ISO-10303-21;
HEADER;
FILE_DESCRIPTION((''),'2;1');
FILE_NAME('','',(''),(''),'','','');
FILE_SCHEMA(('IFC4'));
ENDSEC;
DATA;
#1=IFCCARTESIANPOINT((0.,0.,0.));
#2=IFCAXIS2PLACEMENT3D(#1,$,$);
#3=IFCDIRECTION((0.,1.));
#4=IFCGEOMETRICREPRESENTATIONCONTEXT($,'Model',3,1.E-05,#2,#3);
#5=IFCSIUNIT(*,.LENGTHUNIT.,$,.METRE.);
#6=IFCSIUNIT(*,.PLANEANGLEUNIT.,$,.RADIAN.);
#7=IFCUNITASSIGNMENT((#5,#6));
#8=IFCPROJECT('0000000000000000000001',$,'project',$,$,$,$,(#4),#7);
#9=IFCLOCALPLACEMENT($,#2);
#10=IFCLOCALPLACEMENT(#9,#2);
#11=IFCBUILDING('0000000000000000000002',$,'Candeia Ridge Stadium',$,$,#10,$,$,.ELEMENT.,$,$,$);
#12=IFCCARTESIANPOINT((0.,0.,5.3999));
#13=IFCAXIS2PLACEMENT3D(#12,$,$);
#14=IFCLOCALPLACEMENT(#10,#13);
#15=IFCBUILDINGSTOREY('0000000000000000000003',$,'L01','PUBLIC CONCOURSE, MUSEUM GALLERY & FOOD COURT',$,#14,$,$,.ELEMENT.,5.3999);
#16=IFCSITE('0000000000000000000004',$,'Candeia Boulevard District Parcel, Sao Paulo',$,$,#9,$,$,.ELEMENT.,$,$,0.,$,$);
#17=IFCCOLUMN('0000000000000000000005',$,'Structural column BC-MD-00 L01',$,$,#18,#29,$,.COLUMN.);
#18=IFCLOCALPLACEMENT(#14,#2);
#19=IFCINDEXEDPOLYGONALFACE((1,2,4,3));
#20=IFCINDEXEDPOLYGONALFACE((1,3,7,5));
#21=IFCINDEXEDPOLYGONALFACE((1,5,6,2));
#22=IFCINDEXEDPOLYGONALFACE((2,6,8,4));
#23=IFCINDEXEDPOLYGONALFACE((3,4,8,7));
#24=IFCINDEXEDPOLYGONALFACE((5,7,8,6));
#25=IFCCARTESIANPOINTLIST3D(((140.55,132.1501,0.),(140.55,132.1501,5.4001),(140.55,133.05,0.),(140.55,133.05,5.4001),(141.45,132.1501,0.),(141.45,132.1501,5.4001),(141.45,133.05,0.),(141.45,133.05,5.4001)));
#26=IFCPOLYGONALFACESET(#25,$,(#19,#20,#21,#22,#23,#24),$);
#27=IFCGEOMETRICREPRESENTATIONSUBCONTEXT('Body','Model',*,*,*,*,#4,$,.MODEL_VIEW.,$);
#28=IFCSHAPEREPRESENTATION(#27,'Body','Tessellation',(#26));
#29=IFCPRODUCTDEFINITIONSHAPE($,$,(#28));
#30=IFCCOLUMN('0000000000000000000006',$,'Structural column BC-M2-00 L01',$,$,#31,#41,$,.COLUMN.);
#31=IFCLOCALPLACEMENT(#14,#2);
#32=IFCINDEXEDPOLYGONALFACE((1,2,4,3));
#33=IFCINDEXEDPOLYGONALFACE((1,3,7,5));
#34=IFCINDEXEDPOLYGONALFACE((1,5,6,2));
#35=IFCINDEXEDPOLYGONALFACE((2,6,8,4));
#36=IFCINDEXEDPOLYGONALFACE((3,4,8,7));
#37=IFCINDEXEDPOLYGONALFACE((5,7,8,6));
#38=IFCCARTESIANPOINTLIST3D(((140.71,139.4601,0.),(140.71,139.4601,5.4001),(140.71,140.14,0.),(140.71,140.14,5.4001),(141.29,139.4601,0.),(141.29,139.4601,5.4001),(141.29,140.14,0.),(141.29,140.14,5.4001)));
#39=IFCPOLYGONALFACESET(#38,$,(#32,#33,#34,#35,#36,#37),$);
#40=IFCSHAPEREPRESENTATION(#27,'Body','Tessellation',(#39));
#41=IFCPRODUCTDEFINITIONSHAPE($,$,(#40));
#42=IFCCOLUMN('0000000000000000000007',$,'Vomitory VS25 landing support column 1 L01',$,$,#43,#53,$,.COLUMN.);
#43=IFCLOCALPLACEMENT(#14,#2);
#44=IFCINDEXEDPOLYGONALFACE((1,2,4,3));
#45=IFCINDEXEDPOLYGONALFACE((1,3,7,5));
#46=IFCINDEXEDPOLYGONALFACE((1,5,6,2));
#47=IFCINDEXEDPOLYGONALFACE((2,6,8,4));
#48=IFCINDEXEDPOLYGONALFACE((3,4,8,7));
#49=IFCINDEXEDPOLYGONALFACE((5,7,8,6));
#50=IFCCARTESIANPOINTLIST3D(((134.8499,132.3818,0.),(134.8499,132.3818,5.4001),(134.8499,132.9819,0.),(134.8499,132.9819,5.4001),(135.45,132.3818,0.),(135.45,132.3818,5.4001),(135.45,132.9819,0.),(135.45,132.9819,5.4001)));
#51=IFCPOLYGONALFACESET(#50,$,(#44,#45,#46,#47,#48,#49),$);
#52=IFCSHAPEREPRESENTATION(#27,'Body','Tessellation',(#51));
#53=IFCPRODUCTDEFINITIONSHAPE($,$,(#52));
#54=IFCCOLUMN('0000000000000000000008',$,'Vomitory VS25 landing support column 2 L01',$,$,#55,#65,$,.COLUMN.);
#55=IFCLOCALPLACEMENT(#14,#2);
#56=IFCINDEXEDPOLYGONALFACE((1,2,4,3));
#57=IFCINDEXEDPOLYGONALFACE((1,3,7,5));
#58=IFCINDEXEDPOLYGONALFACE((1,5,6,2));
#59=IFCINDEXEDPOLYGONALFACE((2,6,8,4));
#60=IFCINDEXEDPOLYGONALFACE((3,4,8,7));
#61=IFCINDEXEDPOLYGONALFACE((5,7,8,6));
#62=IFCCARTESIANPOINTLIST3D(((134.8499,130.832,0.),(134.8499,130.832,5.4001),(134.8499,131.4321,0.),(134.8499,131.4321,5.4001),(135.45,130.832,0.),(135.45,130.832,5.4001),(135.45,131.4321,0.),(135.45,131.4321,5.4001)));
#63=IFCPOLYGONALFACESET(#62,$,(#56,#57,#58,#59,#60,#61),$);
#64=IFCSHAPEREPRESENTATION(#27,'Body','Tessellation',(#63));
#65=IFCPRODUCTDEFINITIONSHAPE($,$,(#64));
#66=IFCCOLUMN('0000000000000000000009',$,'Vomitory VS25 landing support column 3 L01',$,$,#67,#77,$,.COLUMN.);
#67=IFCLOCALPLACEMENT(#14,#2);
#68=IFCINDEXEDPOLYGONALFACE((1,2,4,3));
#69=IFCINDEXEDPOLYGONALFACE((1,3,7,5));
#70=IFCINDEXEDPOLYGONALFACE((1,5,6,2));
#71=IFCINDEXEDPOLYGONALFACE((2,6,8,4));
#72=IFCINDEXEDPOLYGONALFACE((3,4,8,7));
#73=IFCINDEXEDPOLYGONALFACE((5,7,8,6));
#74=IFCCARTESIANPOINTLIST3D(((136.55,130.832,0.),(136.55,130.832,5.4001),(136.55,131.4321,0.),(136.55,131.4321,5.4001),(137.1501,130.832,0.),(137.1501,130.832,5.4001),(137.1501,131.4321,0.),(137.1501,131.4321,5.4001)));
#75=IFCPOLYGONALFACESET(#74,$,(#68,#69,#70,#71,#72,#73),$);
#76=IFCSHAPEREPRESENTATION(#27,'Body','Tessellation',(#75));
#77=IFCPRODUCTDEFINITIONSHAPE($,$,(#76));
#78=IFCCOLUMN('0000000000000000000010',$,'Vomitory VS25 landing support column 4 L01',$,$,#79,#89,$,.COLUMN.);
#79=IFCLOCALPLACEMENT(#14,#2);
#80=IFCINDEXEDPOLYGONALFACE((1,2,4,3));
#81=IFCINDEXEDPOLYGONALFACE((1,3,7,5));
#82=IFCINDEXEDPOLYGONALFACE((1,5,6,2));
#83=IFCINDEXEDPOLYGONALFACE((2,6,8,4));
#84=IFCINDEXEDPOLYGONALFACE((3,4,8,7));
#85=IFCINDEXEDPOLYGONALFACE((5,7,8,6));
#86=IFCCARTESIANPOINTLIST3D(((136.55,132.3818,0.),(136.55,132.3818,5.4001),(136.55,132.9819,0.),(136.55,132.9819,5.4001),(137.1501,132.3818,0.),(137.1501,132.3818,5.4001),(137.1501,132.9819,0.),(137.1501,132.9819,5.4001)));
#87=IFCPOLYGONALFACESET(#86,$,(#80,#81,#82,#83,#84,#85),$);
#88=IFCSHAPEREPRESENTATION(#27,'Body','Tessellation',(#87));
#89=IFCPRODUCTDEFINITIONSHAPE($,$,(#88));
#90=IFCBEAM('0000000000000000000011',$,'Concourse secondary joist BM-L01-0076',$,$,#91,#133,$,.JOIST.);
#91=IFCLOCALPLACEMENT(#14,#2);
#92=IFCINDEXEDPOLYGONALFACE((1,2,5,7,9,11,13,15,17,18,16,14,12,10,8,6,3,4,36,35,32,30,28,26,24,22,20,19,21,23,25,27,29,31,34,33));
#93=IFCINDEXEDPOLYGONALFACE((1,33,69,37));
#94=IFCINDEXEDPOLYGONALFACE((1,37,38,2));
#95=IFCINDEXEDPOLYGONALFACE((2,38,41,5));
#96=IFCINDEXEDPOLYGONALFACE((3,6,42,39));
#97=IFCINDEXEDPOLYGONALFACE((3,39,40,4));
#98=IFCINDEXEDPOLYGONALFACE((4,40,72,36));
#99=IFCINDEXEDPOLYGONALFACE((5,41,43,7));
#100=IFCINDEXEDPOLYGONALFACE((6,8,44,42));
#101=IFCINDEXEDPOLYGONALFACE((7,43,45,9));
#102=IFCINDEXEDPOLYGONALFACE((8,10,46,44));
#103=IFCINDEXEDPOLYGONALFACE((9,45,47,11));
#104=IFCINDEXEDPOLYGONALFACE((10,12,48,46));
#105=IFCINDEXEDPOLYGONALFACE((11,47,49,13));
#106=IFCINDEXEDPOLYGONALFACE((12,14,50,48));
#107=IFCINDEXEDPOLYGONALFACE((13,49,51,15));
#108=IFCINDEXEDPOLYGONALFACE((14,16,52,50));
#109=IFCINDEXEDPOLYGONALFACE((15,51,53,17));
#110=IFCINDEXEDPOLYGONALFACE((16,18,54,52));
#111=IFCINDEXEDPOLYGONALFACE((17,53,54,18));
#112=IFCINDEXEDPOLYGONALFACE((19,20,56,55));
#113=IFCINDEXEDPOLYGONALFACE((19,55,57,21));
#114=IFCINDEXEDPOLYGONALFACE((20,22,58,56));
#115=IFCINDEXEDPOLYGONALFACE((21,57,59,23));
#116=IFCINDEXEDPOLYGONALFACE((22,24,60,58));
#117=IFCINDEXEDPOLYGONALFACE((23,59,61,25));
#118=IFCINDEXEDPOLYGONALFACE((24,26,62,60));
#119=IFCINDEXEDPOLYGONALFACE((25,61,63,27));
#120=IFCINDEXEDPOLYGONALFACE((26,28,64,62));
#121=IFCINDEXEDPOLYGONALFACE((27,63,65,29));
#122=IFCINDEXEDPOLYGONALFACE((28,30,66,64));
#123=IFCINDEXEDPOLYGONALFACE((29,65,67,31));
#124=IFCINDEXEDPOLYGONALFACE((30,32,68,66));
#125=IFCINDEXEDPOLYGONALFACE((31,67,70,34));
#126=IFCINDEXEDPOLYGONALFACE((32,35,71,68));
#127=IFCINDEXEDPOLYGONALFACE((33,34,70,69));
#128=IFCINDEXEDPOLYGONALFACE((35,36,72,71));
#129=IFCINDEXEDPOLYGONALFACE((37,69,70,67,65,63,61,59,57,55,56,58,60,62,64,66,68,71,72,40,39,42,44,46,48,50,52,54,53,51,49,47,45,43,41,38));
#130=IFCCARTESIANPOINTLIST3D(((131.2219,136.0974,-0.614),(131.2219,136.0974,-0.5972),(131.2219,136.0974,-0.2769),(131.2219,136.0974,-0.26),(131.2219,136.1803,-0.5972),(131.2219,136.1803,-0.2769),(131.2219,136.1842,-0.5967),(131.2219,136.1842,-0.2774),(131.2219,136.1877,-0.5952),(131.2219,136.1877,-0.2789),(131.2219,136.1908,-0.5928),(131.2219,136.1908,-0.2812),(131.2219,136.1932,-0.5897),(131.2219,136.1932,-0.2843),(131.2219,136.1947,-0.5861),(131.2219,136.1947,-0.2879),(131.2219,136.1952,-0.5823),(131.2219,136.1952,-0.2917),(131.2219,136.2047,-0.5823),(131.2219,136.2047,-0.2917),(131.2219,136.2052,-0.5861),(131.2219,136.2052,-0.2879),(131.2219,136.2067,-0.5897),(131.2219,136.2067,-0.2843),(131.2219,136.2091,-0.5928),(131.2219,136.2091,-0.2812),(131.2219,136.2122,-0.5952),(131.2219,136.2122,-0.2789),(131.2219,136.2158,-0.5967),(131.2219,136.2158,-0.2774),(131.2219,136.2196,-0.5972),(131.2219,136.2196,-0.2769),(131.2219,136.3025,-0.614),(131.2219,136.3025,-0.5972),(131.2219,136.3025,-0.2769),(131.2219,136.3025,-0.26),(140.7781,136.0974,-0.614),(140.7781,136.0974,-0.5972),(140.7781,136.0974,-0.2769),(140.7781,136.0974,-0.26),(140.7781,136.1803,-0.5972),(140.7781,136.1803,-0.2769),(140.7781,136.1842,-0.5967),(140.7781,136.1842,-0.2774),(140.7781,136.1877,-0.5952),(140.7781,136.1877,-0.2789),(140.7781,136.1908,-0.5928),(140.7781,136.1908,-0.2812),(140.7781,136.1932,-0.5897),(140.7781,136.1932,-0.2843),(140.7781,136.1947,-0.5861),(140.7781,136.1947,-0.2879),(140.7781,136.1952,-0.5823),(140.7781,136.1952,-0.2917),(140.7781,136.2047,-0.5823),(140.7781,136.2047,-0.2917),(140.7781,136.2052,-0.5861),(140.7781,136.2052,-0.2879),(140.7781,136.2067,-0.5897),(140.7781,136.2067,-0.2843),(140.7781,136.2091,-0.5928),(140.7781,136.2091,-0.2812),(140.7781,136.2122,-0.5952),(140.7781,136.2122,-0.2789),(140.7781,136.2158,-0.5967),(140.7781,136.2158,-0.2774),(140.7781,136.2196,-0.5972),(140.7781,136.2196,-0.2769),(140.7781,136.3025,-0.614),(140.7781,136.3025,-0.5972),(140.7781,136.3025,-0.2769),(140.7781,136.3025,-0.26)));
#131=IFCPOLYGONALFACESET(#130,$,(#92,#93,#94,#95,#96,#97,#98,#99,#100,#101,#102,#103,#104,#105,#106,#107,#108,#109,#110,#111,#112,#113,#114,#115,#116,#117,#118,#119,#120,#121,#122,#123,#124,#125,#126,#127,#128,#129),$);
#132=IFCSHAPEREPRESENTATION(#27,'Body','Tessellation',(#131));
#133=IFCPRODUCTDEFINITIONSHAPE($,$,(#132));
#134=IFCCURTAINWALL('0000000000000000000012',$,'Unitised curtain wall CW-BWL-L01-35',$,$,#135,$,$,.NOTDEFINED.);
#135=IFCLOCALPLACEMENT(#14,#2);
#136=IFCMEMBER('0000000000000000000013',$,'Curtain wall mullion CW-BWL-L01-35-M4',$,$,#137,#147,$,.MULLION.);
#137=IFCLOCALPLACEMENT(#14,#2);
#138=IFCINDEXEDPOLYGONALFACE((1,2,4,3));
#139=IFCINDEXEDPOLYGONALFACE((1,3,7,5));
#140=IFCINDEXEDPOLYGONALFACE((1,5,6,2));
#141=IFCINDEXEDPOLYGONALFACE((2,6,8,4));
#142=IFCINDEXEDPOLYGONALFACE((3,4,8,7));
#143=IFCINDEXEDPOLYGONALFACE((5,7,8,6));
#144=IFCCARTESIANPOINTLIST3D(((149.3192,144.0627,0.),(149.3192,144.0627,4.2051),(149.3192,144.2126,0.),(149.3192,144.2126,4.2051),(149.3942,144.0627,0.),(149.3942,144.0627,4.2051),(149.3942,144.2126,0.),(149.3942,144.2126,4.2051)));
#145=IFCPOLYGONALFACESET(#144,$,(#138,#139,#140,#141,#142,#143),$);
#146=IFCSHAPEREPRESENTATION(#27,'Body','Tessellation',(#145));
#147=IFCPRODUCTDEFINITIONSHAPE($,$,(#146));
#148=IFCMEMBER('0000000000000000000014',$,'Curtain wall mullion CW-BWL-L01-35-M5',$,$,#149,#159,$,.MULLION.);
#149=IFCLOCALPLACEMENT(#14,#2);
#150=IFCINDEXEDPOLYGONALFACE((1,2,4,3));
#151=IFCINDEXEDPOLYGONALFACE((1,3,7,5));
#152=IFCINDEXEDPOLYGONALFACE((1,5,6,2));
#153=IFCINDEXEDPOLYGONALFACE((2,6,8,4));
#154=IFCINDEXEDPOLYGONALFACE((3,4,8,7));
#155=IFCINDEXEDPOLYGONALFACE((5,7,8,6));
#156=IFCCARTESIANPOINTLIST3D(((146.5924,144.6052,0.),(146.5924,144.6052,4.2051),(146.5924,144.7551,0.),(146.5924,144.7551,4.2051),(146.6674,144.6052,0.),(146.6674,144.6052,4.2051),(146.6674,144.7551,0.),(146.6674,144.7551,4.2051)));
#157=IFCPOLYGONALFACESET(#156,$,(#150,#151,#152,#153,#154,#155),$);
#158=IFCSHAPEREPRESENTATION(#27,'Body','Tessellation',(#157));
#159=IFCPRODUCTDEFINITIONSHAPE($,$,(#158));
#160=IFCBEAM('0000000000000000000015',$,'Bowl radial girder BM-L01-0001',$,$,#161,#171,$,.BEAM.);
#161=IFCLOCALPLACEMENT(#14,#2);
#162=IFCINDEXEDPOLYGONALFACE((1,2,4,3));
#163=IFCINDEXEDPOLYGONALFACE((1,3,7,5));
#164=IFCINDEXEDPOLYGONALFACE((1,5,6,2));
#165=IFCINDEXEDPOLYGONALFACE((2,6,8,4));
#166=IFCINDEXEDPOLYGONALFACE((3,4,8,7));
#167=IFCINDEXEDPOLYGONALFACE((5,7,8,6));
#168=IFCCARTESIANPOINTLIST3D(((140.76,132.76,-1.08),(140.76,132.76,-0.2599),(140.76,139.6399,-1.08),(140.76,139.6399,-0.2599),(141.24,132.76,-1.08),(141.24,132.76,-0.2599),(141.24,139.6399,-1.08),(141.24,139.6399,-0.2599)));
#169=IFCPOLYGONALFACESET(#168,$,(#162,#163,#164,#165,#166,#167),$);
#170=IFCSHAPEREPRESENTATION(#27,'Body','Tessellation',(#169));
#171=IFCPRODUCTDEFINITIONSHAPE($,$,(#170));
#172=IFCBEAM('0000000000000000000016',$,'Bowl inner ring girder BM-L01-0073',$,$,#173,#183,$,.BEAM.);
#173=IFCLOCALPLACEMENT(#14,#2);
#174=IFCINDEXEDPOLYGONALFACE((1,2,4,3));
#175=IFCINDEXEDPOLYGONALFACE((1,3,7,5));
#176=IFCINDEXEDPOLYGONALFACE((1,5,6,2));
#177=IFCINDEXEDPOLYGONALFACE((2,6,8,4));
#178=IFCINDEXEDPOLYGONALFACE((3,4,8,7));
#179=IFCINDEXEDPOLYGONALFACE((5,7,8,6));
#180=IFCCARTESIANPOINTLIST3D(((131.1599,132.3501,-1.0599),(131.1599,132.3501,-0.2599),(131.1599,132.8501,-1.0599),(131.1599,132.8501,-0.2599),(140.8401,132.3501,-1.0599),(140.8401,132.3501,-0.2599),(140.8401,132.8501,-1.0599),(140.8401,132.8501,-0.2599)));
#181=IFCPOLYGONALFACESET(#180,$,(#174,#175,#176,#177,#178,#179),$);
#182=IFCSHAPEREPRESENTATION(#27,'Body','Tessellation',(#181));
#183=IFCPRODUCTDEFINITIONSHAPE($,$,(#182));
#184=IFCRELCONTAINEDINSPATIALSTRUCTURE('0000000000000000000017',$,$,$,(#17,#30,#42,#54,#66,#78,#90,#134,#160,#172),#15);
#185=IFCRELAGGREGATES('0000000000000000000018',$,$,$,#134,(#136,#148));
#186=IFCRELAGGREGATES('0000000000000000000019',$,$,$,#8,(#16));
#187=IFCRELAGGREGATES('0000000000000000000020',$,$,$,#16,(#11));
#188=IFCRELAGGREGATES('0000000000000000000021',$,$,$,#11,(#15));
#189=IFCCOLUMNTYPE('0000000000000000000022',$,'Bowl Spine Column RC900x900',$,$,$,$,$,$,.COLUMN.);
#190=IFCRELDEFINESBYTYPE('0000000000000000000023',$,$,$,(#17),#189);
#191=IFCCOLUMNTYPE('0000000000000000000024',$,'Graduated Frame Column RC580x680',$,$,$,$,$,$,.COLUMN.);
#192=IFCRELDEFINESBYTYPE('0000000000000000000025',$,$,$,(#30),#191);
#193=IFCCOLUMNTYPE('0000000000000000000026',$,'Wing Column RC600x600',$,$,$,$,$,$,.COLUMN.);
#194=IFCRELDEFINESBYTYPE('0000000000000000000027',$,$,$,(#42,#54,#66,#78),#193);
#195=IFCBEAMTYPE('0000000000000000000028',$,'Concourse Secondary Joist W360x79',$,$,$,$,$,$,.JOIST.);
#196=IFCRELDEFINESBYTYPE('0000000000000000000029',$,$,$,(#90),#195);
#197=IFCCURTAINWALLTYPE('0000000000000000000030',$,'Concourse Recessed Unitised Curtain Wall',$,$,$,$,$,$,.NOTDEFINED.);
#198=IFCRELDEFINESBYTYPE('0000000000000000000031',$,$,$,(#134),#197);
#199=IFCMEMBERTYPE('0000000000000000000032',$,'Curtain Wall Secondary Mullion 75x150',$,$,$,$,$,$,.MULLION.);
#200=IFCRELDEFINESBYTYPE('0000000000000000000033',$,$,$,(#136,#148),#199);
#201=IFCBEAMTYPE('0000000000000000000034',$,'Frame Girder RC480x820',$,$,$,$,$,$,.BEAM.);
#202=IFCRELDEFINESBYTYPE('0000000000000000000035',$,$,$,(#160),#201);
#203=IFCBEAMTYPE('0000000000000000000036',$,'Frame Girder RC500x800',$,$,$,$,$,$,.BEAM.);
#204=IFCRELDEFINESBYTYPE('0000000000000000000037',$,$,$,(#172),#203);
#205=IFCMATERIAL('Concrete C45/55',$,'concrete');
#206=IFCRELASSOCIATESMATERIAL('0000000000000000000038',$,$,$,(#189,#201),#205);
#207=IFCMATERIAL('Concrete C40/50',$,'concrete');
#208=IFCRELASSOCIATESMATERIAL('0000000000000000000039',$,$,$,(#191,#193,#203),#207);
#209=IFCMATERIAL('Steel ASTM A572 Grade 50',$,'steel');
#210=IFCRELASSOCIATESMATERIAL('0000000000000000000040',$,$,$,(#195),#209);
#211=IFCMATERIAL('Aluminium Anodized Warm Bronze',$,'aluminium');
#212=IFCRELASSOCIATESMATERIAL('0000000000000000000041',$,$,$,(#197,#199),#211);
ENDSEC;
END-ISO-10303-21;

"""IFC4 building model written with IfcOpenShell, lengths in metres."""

from ifc_helpers import new_model, si_unit, direction, frame, origin, origin_2d, place, context, subcontext, project, spatial, rectangle, i_section, extrude, material, material_profile, profile_set, type_object, element, aggregate, save


model = new_model("IFC4")

# Units and contexts
model_context = context("Model", 3, precision=1e-05, world=origin(), true_north=direction((0.0, 1.0)))
body_context = subcontext(model_context, "Body", "Model", "MODEL_VIEW")
ifc_project = project(units=[si_unit("LENGTHUNIT", "METRE"), si_unit("PLANEANGLEUNIT", "RADIAN")], contexts=[model_context])

# Site, building, storey
site_placement = place(None, origin())
site = spatial("IfcSite", under=ifc_project, at=site_placement, Name="Candeia Boulevard District Parcel, Sao Paulo", CompositionType="ELEMENT", RefElevation=0.0)
building_placement = place(site_placement, origin())
building = spatial("IfcBuilding", under=site, at=building_placement, Name="Candeia Ridge Stadium", CompositionType="ELEMENT")
storey_placement = place(building_placement, frame((0.0, 0.0, 5.3999)))
storey = spatial("IfcBuildingStorey", under=building, at=storey_placement, Name="L01", Description="PUBLIC CONCOURSE, MUSEUM GALLERY & FOOD COURT", CompositionType="ELEMENT", Elevation=5.3999)

# Columns
ifc_material_1 = material(Name="Concrete C45/55", Category="concrete")
ifc_material_profile_1 = material_profile(ifc_material_1, rectangle(XDim=0.8999, YDim=0.8999, at=origin_2d()), Name="RC900x900", Category="concrete")
ifc_profile_set_1 = profile_set([ifc_material_profile_1], Name="Concrete C45/55")
column_type_1 = type_object("IfcColumnType", Name="Bowl Spine Column RC900x900", PredefinedType="COLUMN", material=ifc_profile_set_1)
column_1_placement = place(storey_placement, frame((141.0, 132.6001, 0.0), z_axis=(0.0, 0.0, 1.0), x_axis=(1.0, 0.0, 0.0)))
element("IfcColumn", 1, at=column_1_placement, inside=storey, type_object=column_type_1, Name="Structural column BC-MD-00 L01", PredefinedType="COLUMN", context=body_context, shape_type="SweptSolid", body=[
    extrude(rectangle(XDim=0.8999, YDim=0.8999, at=origin_2d()), origin(), (0.0, 0.0, 1.0), 5.4001),
])
ifc_material_2 = material(Name="Concrete C40/50", Category="concrete")
ifc_material_profile_2 = material_profile(ifc_material_2, rectangle(XDim=0.5801, YDim=0.6799, at=origin_2d()), Name="RC580x680", Category="concrete")
ifc_profile_set_2 = profile_set([ifc_material_profile_2], Name="Concrete C40/50")
column_type_2 = type_object("IfcColumnType", Name="Graduated Frame Column RC580x680", PredefinedType="COLUMN", material=ifc_profile_set_2)
column_2_placement = place(storey_placement, frame((141.0, 139.8, 0.0), z_axis=(0.0, 0.0, 1.0), x_axis=(1.0, 0.0, 0.0)))
element("IfcColumn", 2, at=column_2_placement, inside=storey, type_object=column_type_2, Name="Structural column BC-M2-00 L01", PredefinedType="COLUMN", context=body_context, shape_type="SweptSolid", body=[
    extrude(rectangle(XDim=0.5801, YDim=0.6799, at=origin_2d()), origin(), (0.0, 0.0, 1.0), 5.4001),
])
ifc_material_profile_3 = material_profile(ifc_material_2, rectangle(XDim=0.6001, YDim=0.6001, at=origin_2d()), Name="RC600x600", Category="concrete")
ifc_profile_set_3 = profile_set([ifc_material_profile_3], Name="Concrete C40/50")
column_type_3 = type_object("IfcColumnType", Name="Wing Column RC600x600", PredefinedType="COLUMN", material=ifc_profile_set_3)
for number, where, z_axis, x_axis, name in (
    (3, (135.1499, 132.6819, 0.0), (0.0, 0.0, 1.0), (1.0, 0.0, 0.0), "Vomitory VS25 landing support column 1 L01"),
    (4, (135.1499, 131.1321, 0.0), (0.0, 0.0, 1.0), (1.0, 0.0, 0.0), "Vomitory VS25 landing support column 2 L01"),
    (5, (136.8501, 131.1321, 0.0), (0.0, 0.0, 1.0), (1.0, 0.0, 0.0), "Vomitory VS25 landing support column 3 L01"),
    (6, (136.8501, 132.6819, 0.0), (0.0, 0.0, 1.0), (1.0, 0.0, 0.0), "Vomitory VS25 landing support column 4 L01"),
):
    element("IfcColumn", number, at=place(storey_placement, frame(where, z_axis=z_axis, x_axis=x_axis)), inside=storey, type_object=column_type_3, Name=name, PredefinedType="COLUMN", context=body_context, shape_type="SweptSolid", body=[
        extrude(rectangle(XDim=0.6001, YDim=0.6001, at=origin_2d()), origin(), (0.0, 0.0, 1.0), 5.4001),
    ])

# Beam
ifc_material_3 = material(Name="Steel ASTM A572 Grade 50", Category="steel")
ifc_material_profile_4 = material_profile(ifc_material_3, i_section(OverallWidth=0.2051, OverallDepth=0.354, WebThickness=0.0095, FlangeThickness=0.0168, FilletRadius=0.0149, at=origin_2d()), Name="W360x79", Category="steel")
ifc_profile_set_4 = profile_set([ifc_material_profile_4], Name="Steel ASTM A572 Grade 50")
beam_type_1 = type_object("IfcBeamType", Name="Concourse Secondary Joist W360x79", PredefinedType="JOIST", material=ifc_profile_set_4)
beam_1_placement = place(storey_placement, frame((140.7781, 136.2, -0.437), z_axis=(-1.0, 0.0, 0.0), x_axis=(0.0, -1.0, 0.0)))
element("IfcBeam", 7, at=beam_1_placement, inside=storey, type_object=beam_type_1, Name="Concourse secondary joist BM-L01-0076", PredefinedType="JOIST", context=body_context, shape_type="SweptSolid", body=[
    extrude(i_section(OverallWidth=0.2051, OverallDepth=0.354, WebThickness=0.0095, FlangeThickness=0.0168, FilletRadius=0.0149, at=origin_2d()), origin(), (0.0, 0.0, 1.0), 9.5562),
])

# Curtain wall, members
ifc_material_4 = material(Name="Aluminium Anodized Warm Bronze", Category="aluminium")
curtain_wall_type = type_object("IfcCurtainWallType", Name="Concourse Recessed Unitised Curtain Wall", PredefinedType="NOTDEFINED", material=ifc_material_4)
curtain_wall_placement = place(storey_placement, origin())
curtain_wall = element("IfcCurtainWall", 8, at=curtain_wall_placement, inside=storey, type_object=curtain_wall_type, Name="Unitised curtain wall CW-BWL-L01-35", PredefinedType="NOTDEFINED")
ifc_material_profile_5 = material_profile(ifc_material_4, rectangle(XDim=0.075, YDim=0.1499, at=origin_2d()), Name="CWM-75x150", Category="aluminium")
ifc_profile_set_5 = profile_set([ifc_material_profile_5], Name="Aluminium Anodized Warm Bronze")
member_type = type_object("IfcMemberType", Name="Curtain Wall Secondary Mullion 75x150", PredefinedType="MULLION", material=ifc_profile_set_5)
member_1_placement = place(storey_placement, frame((149.3567, 144.1377, 0.0), z_axis=(0.0, 0.0, 1.0), x_axis=(1.0, 0.0, 0.0)))
member_1 = element("IfcMember", 9, at=member_1_placement, type_object=member_type, Name="Curtain wall mullion CW-BWL-L01-35-M4", PredefinedType="MULLION", context=body_context, shape_type="SweptSolid", body=[
    extrude(rectangle(XDim=0.075, YDim=0.1499, at=origin_2d()), origin(), (0.0, 0.0, 1.0), 4.2051),
])
member_2_placement = place(storey_placement, frame((146.6299, 144.6802, 0.0), z_axis=(0.0, 0.0, 1.0), x_axis=(1.0, 0.0, 0.0)))
member_2 = element("IfcMember", 10, at=member_2_placement, type_object=member_type, Name="Curtain wall mullion CW-BWL-L01-35-M5", PredefinedType="MULLION", context=body_context, shape_type="SweptSolid", body=[
    extrude(rectangle(XDim=0.075, YDim=0.1499, at=origin_2d()), origin(), (0.0, 0.0, 1.0), 4.2051),
])

# Beams
ifc_material_profile_6 = material_profile(ifc_material_1, rectangle(XDim=0.48, YDim=0.8201, at=origin_2d()), Name="RC480x820", Category="concrete")
ifc_profile_set_6 = profile_set([ifc_material_profile_6], Name="Concrete C45/55")
beam_type_2 = type_object("IfcBeamType", Name="Frame Girder RC480x820", PredefinedType="BEAM", material=ifc_profile_set_6)
beam_2_placement = place(storey_placement, frame((141.0, 132.76, -0.6699), z_axis=(0.0, 1.0, 0.0), x_axis=(-1.0, 0.0, 0.0)))
element("IfcBeam", 11, at=beam_2_placement, inside=storey, type_object=beam_type_2, Name="Bowl radial girder BM-L01-0001", PredefinedType="BEAM", context=body_context, shape_type="SweptSolid", body=[
    extrude(rectangle(XDim=0.48, YDim=0.8201, at=origin_2d()), origin(), (0.0, 0.0, 1.0), 6.8799),
])
ifc_material_profile_7 = material_profile(ifc_material_2, rectangle(XDim=0.5, YDim=0.8, at=origin_2d()), Name="RC500x800", Category="concrete")
ifc_profile_set_7 = profile_set([ifc_material_profile_7], Name="Concrete C40/50")
beam_type_3 = type_object("IfcBeamType", Name="Frame Girder RC500x800", PredefinedType="BEAM", material=ifc_profile_set_7)
beam_3_placement = place(storey_placement, frame((140.8401, 132.6001, -0.6599), z_axis=(-1.0, 0.0, 0.0), x_axis=(0.0, -1.0, 0.0)))
element("IfcBeam", 12, at=beam_3_placement, inside=storey, type_object=beam_type_3, Name="Bowl inner ring girder BM-L01-0073", PredefinedType="BEAM", context=body_context, shape_type="SweptSolid", body=[
    extrude(rectangle(XDim=0.5, YDim=0.8, at=origin_2d()), origin(), (0.0, 0.0, 1.0), 9.6802),
])

aggregate(curtain_wall, [member_1, member_2])

save(model, "model.ifc")
